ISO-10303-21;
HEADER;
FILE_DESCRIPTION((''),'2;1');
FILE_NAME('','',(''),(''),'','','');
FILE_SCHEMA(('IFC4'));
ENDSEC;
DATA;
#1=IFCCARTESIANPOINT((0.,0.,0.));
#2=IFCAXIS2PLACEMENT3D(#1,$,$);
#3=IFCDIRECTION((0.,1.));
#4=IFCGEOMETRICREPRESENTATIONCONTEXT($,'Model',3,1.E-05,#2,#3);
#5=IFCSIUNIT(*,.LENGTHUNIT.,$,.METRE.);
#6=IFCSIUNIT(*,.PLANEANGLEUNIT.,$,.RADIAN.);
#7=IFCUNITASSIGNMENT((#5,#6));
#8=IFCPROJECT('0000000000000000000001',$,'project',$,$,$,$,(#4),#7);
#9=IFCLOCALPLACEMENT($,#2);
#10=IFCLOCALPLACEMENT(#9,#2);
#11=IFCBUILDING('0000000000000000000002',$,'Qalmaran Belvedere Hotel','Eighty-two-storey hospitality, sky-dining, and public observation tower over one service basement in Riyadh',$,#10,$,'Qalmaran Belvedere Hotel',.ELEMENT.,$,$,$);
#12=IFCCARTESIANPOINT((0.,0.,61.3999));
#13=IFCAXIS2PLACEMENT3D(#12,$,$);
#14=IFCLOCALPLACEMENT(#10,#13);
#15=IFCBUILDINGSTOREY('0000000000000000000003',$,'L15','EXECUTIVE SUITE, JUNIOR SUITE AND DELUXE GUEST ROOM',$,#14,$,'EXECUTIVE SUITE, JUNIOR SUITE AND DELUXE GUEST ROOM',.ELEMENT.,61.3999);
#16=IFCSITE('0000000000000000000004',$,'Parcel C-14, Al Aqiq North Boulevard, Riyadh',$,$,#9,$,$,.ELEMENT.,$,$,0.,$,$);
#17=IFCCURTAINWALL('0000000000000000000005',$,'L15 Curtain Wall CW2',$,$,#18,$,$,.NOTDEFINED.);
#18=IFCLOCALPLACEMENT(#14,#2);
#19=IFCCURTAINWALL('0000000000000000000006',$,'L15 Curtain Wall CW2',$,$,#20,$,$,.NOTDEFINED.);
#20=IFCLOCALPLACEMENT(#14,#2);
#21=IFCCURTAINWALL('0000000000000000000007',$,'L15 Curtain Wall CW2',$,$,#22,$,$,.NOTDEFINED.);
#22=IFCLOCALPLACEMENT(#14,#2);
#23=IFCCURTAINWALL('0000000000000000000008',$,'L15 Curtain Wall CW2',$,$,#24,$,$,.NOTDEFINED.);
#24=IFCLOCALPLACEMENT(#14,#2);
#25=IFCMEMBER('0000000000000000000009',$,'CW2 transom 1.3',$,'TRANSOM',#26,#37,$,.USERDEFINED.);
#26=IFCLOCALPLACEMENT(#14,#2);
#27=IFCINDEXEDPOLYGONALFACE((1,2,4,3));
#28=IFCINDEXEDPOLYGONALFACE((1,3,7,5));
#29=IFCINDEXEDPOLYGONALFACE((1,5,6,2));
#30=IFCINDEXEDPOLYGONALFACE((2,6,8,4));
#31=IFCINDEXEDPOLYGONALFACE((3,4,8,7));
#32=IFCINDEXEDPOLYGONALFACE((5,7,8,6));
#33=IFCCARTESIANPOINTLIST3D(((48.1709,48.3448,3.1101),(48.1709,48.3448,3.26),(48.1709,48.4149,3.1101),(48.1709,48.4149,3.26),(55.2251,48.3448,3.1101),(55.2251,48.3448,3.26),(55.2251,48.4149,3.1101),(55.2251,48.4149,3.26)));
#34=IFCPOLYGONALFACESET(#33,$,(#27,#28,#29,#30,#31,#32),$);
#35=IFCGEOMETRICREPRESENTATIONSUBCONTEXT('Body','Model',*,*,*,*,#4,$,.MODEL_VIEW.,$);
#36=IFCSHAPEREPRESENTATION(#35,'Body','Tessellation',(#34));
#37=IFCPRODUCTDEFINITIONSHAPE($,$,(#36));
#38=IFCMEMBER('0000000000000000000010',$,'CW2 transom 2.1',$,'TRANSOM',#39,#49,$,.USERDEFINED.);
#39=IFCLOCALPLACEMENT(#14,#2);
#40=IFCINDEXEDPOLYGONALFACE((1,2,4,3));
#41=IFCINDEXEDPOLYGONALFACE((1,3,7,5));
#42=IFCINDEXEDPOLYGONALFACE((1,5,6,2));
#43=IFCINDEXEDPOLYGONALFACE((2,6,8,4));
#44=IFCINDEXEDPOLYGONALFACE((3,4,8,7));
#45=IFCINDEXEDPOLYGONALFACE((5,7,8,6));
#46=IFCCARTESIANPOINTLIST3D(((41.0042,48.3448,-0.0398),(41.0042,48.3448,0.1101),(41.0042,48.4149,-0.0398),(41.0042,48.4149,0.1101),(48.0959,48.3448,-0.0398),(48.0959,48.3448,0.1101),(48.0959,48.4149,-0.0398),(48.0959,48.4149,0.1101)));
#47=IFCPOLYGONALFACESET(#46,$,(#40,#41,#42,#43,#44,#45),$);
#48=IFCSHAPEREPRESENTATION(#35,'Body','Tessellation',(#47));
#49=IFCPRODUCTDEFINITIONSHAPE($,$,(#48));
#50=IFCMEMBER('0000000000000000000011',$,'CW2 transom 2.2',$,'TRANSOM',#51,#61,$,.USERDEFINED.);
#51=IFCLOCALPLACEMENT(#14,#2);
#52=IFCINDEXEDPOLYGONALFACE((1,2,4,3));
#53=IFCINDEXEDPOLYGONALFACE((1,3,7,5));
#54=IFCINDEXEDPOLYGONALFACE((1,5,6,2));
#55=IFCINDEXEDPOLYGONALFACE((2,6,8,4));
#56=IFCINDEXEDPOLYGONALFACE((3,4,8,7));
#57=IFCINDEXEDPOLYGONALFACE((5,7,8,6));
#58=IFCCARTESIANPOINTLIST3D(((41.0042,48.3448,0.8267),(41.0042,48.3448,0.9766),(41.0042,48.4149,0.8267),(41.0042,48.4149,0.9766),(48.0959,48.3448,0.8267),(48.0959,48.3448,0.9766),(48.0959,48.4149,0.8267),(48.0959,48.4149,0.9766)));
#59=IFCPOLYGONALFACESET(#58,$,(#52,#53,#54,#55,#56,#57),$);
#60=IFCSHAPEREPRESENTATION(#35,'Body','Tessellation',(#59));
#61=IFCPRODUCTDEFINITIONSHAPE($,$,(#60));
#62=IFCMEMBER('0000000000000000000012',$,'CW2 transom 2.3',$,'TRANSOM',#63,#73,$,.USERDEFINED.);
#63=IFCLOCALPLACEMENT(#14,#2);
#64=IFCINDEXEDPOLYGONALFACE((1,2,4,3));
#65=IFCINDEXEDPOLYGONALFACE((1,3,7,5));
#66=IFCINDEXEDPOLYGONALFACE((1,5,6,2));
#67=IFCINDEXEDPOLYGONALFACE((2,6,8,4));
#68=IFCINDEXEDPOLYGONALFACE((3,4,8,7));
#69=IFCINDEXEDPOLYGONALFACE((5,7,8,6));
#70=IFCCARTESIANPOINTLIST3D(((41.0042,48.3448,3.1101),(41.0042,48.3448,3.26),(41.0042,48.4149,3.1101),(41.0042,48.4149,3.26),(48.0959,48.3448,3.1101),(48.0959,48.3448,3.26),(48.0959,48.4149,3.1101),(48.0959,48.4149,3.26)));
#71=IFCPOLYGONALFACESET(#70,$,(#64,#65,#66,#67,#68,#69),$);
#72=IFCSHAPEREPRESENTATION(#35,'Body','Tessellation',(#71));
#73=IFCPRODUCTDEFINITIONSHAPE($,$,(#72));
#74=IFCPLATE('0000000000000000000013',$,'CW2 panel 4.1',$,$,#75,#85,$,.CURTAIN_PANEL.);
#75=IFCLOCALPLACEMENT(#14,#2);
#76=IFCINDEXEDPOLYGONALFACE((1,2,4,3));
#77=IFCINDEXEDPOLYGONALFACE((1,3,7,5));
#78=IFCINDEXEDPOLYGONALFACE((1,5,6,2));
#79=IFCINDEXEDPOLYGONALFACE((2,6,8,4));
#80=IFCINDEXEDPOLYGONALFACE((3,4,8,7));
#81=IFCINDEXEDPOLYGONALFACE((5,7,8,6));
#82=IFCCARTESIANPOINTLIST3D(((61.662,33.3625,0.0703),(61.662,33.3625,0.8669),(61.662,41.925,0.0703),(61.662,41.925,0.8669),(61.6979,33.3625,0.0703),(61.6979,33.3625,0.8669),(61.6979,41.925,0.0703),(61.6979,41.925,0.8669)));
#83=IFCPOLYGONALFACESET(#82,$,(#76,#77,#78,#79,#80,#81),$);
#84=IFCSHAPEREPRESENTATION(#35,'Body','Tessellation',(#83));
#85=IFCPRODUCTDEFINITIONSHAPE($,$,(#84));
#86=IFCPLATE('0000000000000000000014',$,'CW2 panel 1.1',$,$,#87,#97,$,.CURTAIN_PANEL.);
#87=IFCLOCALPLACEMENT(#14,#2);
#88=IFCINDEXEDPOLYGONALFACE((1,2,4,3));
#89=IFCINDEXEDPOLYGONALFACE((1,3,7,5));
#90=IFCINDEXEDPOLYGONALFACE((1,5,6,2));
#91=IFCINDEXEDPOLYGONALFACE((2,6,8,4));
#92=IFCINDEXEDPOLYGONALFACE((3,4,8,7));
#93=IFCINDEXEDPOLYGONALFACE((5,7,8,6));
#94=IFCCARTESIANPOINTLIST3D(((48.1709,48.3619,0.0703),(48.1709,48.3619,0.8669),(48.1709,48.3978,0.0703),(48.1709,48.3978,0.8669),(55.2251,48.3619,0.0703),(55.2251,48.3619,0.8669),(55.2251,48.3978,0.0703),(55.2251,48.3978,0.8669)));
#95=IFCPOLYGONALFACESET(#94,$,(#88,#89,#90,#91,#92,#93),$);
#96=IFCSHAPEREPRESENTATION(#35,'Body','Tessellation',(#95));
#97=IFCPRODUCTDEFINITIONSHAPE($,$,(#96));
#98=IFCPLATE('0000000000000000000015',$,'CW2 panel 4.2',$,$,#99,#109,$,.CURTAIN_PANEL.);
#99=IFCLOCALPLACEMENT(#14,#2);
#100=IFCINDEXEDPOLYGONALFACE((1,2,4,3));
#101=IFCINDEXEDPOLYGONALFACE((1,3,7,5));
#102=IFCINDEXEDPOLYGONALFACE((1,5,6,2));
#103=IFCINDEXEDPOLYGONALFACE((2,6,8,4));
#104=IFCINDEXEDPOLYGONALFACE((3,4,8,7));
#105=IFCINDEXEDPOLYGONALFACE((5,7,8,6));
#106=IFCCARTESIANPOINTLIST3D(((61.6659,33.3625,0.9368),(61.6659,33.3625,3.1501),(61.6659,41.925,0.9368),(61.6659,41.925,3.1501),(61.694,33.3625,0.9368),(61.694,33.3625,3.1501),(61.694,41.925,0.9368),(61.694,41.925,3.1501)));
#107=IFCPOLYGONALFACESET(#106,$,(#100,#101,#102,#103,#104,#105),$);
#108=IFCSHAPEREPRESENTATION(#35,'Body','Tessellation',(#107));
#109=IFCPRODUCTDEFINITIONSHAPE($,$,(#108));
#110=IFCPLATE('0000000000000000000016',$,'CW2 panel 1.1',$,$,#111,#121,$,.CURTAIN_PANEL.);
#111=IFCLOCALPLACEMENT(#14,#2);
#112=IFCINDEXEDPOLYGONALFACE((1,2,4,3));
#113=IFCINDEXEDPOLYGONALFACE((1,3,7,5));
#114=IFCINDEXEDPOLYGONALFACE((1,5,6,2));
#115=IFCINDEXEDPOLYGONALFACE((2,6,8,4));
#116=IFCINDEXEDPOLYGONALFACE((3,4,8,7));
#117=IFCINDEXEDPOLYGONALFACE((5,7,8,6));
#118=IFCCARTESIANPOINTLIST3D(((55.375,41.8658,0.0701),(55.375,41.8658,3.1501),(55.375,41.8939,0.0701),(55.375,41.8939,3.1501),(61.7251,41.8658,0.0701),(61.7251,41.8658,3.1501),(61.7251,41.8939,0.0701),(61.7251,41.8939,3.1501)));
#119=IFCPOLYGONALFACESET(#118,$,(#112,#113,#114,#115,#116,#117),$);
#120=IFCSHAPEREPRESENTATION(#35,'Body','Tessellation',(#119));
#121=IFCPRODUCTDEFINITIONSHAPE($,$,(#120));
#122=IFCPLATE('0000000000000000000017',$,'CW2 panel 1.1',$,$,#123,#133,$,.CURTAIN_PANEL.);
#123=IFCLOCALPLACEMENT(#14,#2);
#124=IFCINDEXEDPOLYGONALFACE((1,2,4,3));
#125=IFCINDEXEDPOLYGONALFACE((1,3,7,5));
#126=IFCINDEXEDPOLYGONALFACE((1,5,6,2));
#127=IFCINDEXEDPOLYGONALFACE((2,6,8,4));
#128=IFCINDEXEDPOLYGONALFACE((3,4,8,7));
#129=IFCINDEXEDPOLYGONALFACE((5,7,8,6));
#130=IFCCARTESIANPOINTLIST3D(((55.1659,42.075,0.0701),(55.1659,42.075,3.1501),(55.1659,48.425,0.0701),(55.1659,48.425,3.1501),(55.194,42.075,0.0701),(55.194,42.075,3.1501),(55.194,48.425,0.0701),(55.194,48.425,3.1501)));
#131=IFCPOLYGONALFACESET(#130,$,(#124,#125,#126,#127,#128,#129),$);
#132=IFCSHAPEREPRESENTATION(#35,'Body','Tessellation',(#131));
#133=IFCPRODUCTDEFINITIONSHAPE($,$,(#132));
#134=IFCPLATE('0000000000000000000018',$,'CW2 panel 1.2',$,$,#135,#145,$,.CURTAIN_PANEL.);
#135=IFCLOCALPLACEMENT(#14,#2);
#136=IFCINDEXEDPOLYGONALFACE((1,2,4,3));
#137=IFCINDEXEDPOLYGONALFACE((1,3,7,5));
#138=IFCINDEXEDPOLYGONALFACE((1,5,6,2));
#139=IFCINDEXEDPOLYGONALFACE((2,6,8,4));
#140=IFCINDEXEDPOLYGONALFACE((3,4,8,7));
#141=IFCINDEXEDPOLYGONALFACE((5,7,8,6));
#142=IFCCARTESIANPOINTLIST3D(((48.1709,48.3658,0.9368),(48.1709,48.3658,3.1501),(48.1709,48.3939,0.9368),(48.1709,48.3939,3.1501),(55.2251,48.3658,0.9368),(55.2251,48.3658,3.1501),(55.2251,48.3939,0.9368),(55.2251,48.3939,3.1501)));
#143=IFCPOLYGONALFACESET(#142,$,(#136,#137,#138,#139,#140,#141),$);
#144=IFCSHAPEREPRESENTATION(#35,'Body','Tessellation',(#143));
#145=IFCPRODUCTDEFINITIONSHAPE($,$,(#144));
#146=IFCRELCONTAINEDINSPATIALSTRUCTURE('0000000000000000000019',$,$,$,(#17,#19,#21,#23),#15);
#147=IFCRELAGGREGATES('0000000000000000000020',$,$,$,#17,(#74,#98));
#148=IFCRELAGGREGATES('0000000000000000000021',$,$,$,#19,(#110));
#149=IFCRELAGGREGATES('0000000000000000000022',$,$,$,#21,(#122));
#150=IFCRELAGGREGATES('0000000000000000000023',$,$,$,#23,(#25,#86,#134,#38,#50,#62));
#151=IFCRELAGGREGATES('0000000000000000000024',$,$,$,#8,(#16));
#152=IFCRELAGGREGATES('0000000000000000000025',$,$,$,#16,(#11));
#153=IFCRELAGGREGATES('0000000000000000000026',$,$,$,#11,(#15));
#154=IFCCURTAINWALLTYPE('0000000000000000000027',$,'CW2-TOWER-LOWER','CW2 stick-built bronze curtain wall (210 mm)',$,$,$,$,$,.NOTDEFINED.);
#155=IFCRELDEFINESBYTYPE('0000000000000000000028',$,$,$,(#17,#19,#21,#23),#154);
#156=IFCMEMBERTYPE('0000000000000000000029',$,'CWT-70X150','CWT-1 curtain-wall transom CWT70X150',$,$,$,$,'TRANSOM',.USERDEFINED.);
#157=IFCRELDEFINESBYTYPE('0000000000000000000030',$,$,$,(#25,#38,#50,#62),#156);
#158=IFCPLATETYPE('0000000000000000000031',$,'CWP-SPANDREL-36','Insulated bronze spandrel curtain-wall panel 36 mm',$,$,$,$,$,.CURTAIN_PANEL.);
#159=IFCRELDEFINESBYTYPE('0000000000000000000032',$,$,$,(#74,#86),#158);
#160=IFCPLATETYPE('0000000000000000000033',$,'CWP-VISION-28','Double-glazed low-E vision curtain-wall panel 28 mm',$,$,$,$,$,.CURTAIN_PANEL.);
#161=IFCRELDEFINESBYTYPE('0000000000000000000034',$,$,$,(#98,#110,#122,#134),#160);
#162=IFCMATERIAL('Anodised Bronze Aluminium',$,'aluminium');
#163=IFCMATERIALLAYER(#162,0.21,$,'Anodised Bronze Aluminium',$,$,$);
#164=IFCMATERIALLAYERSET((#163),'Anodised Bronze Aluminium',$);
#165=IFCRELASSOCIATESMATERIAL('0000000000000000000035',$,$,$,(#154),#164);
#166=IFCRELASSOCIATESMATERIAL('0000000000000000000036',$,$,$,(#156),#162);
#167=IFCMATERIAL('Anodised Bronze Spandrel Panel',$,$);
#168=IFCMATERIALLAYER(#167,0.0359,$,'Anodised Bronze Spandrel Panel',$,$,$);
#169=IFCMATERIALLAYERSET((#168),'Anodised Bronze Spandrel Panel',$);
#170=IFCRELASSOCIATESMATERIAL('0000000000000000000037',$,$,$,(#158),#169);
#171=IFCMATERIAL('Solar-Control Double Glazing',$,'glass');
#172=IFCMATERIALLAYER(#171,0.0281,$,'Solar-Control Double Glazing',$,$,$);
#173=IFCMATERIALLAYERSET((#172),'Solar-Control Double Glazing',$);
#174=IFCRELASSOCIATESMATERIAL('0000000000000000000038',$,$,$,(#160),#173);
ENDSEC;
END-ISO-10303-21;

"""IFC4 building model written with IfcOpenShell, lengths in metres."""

from ifc_helpers import new_model, si_unit, direction, frame, origin, origin_2d, place, context, subcontext, project, spatial, rectangle, extrude, material, layer, layer_set, material_profile, profile_set, type_object, element, aggregate, save


model = new_model("IFC4")

# Units and contexts
model_context = context("Model", 3, precision=1e-05, world=origin(), true_north=direction((0.0, 1.0)))
body_context = subcontext(model_context, "Body", "Model", "MODEL_VIEW")
ifc_project = project(units=[si_unit("LENGTHUNIT", "METRE"), si_unit("PLANEANGLEUNIT", "RADIAN")], contexts=[model_context])

# Site, building, storey
site_placement = place(None, origin())
site = spatial("IfcSite", under=ifc_project, at=site_placement, Name="Parcel C-14, Al Aqiq North Boulevard, Riyadh", CompositionType="ELEMENT", RefElevation=0.0)
building_placement = place(site_placement, origin())
building = spatial("IfcBuilding", under=site, at=building_placement, Name="Qalmaran Belvedere Hotel", Description="Eighty-two-storey hospitality, sky-dining, and public observation tower over one service basement in Riyadh", LongName="Qalmaran Belvedere Hotel", CompositionType="ELEMENT")
storey_placement = place(building_placement, frame((0.0, 0.0, 61.3999)))
storey = spatial("IfcBuildingStorey", under=building, at=storey_placement, Name="L15", Description="EXECUTIVE SUITE, JUNIOR SUITE AND DELUXE GUEST ROOM", LongName="EXECUTIVE SUITE, JUNIOR SUITE AND DELUXE GUEST ROOM", CompositionType="ELEMENT", Elevation=61.3999)

# Curtain wall
ifc_material_1 = material(Name="Anodised Bronze Aluminium", Category="aluminium")
ifc_layer_1 = layer(ifc_material_1, 0.21, Name="Anodised Bronze Aluminium")
ifc_layer_set_1 = layer_set([ifc_layer_1], Name="Anodised Bronze Aluminium")
curtain_wall_type = type_object("IfcCurtainWallType", Name="CW2-TOWER-LOWER", Description="CW2 stick-built bronze curtain wall (210 mm)", PredefinedType="NOTDEFINED", material=ifc_layer_set_1)
curtain_wall_1_placement = place(storey_placement, origin())
curtain_wall_1 = element("IfcCurtainWall", 1, at=curtain_wall_1_placement, inside=storey, type_object=curtain_wall_type, Name="L15 Curtain Wall CW2", PredefinedType="NOTDEFINED")

# Curtain walls
curtain_wall_2_placement = place(storey_placement, origin())
curtain_wall_2 = element("IfcCurtainWall", 2, at=curtain_wall_2_placement, inside=storey, type_object=curtain_wall_type, Name="L15 Curtain Wall CW2", PredefinedType="NOTDEFINED")
curtain_wall_3_placement = place(storey_placement, origin())
curtain_wall_3 = element("IfcCurtainWall", 3, at=curtain_wall_3_placement, inside=storey, type_object=curtain_wall_type, Name="L15 Curtain Wall CW2", PredefinedType="NOTDEFINED")
curtain_wall_4_placement = place(storey_placement, origin())
curtain_wall_4 = element("IfcCurtainWall", 4, at=curtain_wall_4_placement, inside=storey, type_object=curtain_wall_type, Name="L15 Curtain Wall CW2", PredefinedType="NOTDEFINED")

# Members
ifc_material_profile_1 = material_profile(ifc_material_1, rectangle(XDim=0.0701, YDim=0.1499, at=origin_2d()), Name="CWT70X150")
ifc_profile_set_1 = profile_set([ifc_material_profile_1], Name="Anodised Bronze Aluminium")
member_type_1 = type_object("IfcMemberType", Name="CWT-70X150", Description="CWT-1 curtain-wall transom CWT70X150", ElementType="TRANSOM", PredefinedType="USERDEFINED", material=ifc_profile_set_1)
member_1_placement = place(storey_placement, frame((55.2251, 48.3799, 3.1851), z_axis=(-1.0, 0.0, 0.0), x_axis=(0.0, -1.0, 0.0)))
member_1 = element("IfcMember", 5, at=member_1_placement, type_object=member_type_1, Name="CW2 transom 1.3", ObjectType="TRANSOM", PredefinedType="USERDEFINED", context=body_context, shape_type="SweptSolid", body=[
    extrude(rectangle(XDim=0.0701, YDim=0.1499, at=origin_2d()), origin(), (0.0, 0.0, 1.0), 7.0542),
])
member_2_placement = place(storey_placement, frame((48.0959, 48.3799, 0.0352), z_axis=(-1.0, 0.0, 0.0), x_axis=(0.0, -1.0, 0.0)))
member_2 = element("IfcMember", 6, at=member_2_placement, type_object=member_type_1, Name="CW2 transom 2.1", ObjectType="TRANSOM", PredefinedType="USERDEFINED", context=body_context, shape_type="SweptSolid", body=[
    extrude(rectangle(XDim=0.0701, YDim=0.1499, at=origin_2d()), origin(), (0.0, 0.0, 1.0), 7.0918),
])
member_3_placement = place(storey_placement, frame((48.0959, 48.3799, 0.9016), z_axis=(-1.0, 0.0, 0.0), x_axis=(0.0, -1.0, 0.0)))
member_3 = element("IfcMember", 7, at=member_3_placement, type_object=member_type_1, Name="CW2 transom 2.2", ObjectType="TRANSOM", PredefinedType="USERDEFINED", context=body_context, shape_type="SweptSolid", body=[
    extrude(rectangle(XDim=0.0701, YDim=0.1499, at=origin_2d()), origin(), (0.0, 0.0, 1.0), 7.0918),
])
member_4_placement = place(storey_placement, frame((48.0959, 48.3799, 3.1851), z_axis=(-1.0, 0.0, 0.0), x_axis=(0.0, -1.0, 0.0)))
member_4 = element("IfcMember", 8, at=member_4_placement, type_object=member_type_1, Name="CW2 transom 2.3", ObjectType="TRANSOM", PredefinedType="USERDEFINED", context=body_context, shape_type="SweptSolid", body=[
    extrude(rectangle(XDim=0.0701, YDim=0.1499, at=origin_2d()), origin(), (0.0, 0.0, 1.0), 7.0918),
])

# Plates
ifc_material_2 = material(Name="Anodised Bronze Spandrel Panel")
ifc_layer_2 = layer(ifc_material_2, 0.0359, Name="Anodised Bronze Spandrel Panel")
ifc_layer_set_2 = layer_set([ifc_layer_2], Name="Anodised Bronze Spandrel Panel")
plate_type_1 = type_object("IfcPlateType", Name="CWP-SPANDREL-36", Description="Insulated bronze spandrel curtain-wall panel 36 mm", PredefinedType="CURTAIN_PANEL", material=ifc_layer_set_2)
plate_1_placement = place(storey_placement, frame((61.6799, 37.6438, 0.0703), z_axis=(0.0, 0.0, 1.0), x_axis=(0.0, 1.0, 0.0)))
plate_1 = element("IfcPlate", 9, at=plate_1_placement, type_object=plate_type_1, Name="CW2 panel 4.1", PredefinedType="CURTAIN_PANEL", context=body_context, shape_type="SweptSolid", body=[
    extrude(rectangle(XDim=8.5625, YDim=0.0359, at=origin_2d()), origin(), (0.0, 0.0, 1.0), 0.7966),
])
plate_2_placement = place(storey_placement, frame((51.698, 48.3799, 0.0703), z_axis=(0.0, 0.0, 1.0), x_axis=(-1.0, 0.0, 0.0)))
plate_2 = element("IfcPlate", 10, at=plate_2_placement, type_object=plate_type_1, Name="CW2 panel 1.1", PredefinedType="CURTAIN_PANEL", context=body_context, shape_type="SweptSolid", body=[
    extrude(rectangle(XDim=7.0542, YDim=0.0359, at=origin_2d()), origin(), (0.0, 0.0, 1.0), 0.7966),
])
ifc_material_3 = material(Name="Solar-Control Double Glazing", Category="glass")
ifc_layer_3 = layer(ifc_material_3, 0.0281, Name="Solar-Control Double Glazing")
ifc_layer_set_3 = layer_set([ifc_layer_3], Name="Solar-Control Double Glazing")
plate_type_2 = type_object("IfcPlateType", Name="CWP-VISION-28", Description="Double-glazed low-E vision curtain-wall panel 28 mm", PredefinedType="CURTAIN_PANEL", material=ifc_layer_set_3)
plate_3_placement = place(storey_placement, frame((61.6799, 37.6438, 0.9368), z_axis=(0.0, 0.0, 1.0), x_axis=(0.0, 1.0, 0.0)))
plate_3 = element("IfcPlate", 11, at=plate_3_placement, type_object=plate_type_2, Name="CW2 panel 4.2", PredefinedType="CURTAIN_PANEL", context=body_context, shape_type="SweptSolid", body=[
    extrude(rectangle(XDim=8.5625, YDim=0.0281, at=origin_2d()), origin(), (0.0, 0.0, 1.0), 2.2134),
])
aggregate(curtain_wall_1, [plate_1, plate_3])
plate_4_placement = place(storey_placement, frame((58.55, 41.8799, 0.0701), z_axis=(0.0, 0.0, 1.0), x_axis=(-1.0, 0.0, 0.0)))
plate_4 = element("IfcPlate", 12, at=plate_4_placement, type_object=plate_type_2, Name="CW2 panel 1.1", PredefinedType="CURTAIN_PANEL", context=body_context, shape_type="SweptSolid", body=[
    extrude(rectangle(XDim=6.3501, YDim=0.0281, at=origin_2d()), origin(), (0.0, 0.0, 1.0), 3.0801),
])
aggregate(curtain_wall_2, [plate_4])
plate_5_placement = place(storey_placement, frame((55.1799, 45.25, 0.0701), z_axis=(0.0, 0.0, 1.0), x_axis=(0.0, 1.0, 0.0)))
plate_5 = element("IfcPlate", 13, at=plate_5_placement, type_object=plate_type_2, Name="CW2 panel 1.1", PredefinedType="CURTAIN_PANEL", context=body_context, shape_type="SweptSolid", body=[
    extrude(rectangle(XDim=6.3501, YDim=0.0281, at=origin_2d()), origin(), (0.0, 0.0, 1.0), 3.0801),
])
aggregate(curtain_wall_3, [plate_5])
plate_6_placement = place(storey_placement, frame((51.698, 48.3799, 0.9368), z_axis=(0.0, 0.0, 1.0), x_axis=(-1.0, 0.0, 0.0)))
plate_6 = element("IfcPlate", 14, at=plate_6_placement, type_object=plate_type_2, Name="CW2 panel 1.2", PredefinedType="CURTAIN_PANEL", context=body_context, shape_type="SweptSolid", body=[
    extrude(rectangle(XDim=7.0542, YDim=0.0281, at=origin_2d()), origin(), (0.0, 0.0, 1.0), 2.2134),
])
aggregate(curtain_wall_4, [member_1, plate_2, plate_6, member_2, member_3, member_4])

save(model, "model.ifc")
